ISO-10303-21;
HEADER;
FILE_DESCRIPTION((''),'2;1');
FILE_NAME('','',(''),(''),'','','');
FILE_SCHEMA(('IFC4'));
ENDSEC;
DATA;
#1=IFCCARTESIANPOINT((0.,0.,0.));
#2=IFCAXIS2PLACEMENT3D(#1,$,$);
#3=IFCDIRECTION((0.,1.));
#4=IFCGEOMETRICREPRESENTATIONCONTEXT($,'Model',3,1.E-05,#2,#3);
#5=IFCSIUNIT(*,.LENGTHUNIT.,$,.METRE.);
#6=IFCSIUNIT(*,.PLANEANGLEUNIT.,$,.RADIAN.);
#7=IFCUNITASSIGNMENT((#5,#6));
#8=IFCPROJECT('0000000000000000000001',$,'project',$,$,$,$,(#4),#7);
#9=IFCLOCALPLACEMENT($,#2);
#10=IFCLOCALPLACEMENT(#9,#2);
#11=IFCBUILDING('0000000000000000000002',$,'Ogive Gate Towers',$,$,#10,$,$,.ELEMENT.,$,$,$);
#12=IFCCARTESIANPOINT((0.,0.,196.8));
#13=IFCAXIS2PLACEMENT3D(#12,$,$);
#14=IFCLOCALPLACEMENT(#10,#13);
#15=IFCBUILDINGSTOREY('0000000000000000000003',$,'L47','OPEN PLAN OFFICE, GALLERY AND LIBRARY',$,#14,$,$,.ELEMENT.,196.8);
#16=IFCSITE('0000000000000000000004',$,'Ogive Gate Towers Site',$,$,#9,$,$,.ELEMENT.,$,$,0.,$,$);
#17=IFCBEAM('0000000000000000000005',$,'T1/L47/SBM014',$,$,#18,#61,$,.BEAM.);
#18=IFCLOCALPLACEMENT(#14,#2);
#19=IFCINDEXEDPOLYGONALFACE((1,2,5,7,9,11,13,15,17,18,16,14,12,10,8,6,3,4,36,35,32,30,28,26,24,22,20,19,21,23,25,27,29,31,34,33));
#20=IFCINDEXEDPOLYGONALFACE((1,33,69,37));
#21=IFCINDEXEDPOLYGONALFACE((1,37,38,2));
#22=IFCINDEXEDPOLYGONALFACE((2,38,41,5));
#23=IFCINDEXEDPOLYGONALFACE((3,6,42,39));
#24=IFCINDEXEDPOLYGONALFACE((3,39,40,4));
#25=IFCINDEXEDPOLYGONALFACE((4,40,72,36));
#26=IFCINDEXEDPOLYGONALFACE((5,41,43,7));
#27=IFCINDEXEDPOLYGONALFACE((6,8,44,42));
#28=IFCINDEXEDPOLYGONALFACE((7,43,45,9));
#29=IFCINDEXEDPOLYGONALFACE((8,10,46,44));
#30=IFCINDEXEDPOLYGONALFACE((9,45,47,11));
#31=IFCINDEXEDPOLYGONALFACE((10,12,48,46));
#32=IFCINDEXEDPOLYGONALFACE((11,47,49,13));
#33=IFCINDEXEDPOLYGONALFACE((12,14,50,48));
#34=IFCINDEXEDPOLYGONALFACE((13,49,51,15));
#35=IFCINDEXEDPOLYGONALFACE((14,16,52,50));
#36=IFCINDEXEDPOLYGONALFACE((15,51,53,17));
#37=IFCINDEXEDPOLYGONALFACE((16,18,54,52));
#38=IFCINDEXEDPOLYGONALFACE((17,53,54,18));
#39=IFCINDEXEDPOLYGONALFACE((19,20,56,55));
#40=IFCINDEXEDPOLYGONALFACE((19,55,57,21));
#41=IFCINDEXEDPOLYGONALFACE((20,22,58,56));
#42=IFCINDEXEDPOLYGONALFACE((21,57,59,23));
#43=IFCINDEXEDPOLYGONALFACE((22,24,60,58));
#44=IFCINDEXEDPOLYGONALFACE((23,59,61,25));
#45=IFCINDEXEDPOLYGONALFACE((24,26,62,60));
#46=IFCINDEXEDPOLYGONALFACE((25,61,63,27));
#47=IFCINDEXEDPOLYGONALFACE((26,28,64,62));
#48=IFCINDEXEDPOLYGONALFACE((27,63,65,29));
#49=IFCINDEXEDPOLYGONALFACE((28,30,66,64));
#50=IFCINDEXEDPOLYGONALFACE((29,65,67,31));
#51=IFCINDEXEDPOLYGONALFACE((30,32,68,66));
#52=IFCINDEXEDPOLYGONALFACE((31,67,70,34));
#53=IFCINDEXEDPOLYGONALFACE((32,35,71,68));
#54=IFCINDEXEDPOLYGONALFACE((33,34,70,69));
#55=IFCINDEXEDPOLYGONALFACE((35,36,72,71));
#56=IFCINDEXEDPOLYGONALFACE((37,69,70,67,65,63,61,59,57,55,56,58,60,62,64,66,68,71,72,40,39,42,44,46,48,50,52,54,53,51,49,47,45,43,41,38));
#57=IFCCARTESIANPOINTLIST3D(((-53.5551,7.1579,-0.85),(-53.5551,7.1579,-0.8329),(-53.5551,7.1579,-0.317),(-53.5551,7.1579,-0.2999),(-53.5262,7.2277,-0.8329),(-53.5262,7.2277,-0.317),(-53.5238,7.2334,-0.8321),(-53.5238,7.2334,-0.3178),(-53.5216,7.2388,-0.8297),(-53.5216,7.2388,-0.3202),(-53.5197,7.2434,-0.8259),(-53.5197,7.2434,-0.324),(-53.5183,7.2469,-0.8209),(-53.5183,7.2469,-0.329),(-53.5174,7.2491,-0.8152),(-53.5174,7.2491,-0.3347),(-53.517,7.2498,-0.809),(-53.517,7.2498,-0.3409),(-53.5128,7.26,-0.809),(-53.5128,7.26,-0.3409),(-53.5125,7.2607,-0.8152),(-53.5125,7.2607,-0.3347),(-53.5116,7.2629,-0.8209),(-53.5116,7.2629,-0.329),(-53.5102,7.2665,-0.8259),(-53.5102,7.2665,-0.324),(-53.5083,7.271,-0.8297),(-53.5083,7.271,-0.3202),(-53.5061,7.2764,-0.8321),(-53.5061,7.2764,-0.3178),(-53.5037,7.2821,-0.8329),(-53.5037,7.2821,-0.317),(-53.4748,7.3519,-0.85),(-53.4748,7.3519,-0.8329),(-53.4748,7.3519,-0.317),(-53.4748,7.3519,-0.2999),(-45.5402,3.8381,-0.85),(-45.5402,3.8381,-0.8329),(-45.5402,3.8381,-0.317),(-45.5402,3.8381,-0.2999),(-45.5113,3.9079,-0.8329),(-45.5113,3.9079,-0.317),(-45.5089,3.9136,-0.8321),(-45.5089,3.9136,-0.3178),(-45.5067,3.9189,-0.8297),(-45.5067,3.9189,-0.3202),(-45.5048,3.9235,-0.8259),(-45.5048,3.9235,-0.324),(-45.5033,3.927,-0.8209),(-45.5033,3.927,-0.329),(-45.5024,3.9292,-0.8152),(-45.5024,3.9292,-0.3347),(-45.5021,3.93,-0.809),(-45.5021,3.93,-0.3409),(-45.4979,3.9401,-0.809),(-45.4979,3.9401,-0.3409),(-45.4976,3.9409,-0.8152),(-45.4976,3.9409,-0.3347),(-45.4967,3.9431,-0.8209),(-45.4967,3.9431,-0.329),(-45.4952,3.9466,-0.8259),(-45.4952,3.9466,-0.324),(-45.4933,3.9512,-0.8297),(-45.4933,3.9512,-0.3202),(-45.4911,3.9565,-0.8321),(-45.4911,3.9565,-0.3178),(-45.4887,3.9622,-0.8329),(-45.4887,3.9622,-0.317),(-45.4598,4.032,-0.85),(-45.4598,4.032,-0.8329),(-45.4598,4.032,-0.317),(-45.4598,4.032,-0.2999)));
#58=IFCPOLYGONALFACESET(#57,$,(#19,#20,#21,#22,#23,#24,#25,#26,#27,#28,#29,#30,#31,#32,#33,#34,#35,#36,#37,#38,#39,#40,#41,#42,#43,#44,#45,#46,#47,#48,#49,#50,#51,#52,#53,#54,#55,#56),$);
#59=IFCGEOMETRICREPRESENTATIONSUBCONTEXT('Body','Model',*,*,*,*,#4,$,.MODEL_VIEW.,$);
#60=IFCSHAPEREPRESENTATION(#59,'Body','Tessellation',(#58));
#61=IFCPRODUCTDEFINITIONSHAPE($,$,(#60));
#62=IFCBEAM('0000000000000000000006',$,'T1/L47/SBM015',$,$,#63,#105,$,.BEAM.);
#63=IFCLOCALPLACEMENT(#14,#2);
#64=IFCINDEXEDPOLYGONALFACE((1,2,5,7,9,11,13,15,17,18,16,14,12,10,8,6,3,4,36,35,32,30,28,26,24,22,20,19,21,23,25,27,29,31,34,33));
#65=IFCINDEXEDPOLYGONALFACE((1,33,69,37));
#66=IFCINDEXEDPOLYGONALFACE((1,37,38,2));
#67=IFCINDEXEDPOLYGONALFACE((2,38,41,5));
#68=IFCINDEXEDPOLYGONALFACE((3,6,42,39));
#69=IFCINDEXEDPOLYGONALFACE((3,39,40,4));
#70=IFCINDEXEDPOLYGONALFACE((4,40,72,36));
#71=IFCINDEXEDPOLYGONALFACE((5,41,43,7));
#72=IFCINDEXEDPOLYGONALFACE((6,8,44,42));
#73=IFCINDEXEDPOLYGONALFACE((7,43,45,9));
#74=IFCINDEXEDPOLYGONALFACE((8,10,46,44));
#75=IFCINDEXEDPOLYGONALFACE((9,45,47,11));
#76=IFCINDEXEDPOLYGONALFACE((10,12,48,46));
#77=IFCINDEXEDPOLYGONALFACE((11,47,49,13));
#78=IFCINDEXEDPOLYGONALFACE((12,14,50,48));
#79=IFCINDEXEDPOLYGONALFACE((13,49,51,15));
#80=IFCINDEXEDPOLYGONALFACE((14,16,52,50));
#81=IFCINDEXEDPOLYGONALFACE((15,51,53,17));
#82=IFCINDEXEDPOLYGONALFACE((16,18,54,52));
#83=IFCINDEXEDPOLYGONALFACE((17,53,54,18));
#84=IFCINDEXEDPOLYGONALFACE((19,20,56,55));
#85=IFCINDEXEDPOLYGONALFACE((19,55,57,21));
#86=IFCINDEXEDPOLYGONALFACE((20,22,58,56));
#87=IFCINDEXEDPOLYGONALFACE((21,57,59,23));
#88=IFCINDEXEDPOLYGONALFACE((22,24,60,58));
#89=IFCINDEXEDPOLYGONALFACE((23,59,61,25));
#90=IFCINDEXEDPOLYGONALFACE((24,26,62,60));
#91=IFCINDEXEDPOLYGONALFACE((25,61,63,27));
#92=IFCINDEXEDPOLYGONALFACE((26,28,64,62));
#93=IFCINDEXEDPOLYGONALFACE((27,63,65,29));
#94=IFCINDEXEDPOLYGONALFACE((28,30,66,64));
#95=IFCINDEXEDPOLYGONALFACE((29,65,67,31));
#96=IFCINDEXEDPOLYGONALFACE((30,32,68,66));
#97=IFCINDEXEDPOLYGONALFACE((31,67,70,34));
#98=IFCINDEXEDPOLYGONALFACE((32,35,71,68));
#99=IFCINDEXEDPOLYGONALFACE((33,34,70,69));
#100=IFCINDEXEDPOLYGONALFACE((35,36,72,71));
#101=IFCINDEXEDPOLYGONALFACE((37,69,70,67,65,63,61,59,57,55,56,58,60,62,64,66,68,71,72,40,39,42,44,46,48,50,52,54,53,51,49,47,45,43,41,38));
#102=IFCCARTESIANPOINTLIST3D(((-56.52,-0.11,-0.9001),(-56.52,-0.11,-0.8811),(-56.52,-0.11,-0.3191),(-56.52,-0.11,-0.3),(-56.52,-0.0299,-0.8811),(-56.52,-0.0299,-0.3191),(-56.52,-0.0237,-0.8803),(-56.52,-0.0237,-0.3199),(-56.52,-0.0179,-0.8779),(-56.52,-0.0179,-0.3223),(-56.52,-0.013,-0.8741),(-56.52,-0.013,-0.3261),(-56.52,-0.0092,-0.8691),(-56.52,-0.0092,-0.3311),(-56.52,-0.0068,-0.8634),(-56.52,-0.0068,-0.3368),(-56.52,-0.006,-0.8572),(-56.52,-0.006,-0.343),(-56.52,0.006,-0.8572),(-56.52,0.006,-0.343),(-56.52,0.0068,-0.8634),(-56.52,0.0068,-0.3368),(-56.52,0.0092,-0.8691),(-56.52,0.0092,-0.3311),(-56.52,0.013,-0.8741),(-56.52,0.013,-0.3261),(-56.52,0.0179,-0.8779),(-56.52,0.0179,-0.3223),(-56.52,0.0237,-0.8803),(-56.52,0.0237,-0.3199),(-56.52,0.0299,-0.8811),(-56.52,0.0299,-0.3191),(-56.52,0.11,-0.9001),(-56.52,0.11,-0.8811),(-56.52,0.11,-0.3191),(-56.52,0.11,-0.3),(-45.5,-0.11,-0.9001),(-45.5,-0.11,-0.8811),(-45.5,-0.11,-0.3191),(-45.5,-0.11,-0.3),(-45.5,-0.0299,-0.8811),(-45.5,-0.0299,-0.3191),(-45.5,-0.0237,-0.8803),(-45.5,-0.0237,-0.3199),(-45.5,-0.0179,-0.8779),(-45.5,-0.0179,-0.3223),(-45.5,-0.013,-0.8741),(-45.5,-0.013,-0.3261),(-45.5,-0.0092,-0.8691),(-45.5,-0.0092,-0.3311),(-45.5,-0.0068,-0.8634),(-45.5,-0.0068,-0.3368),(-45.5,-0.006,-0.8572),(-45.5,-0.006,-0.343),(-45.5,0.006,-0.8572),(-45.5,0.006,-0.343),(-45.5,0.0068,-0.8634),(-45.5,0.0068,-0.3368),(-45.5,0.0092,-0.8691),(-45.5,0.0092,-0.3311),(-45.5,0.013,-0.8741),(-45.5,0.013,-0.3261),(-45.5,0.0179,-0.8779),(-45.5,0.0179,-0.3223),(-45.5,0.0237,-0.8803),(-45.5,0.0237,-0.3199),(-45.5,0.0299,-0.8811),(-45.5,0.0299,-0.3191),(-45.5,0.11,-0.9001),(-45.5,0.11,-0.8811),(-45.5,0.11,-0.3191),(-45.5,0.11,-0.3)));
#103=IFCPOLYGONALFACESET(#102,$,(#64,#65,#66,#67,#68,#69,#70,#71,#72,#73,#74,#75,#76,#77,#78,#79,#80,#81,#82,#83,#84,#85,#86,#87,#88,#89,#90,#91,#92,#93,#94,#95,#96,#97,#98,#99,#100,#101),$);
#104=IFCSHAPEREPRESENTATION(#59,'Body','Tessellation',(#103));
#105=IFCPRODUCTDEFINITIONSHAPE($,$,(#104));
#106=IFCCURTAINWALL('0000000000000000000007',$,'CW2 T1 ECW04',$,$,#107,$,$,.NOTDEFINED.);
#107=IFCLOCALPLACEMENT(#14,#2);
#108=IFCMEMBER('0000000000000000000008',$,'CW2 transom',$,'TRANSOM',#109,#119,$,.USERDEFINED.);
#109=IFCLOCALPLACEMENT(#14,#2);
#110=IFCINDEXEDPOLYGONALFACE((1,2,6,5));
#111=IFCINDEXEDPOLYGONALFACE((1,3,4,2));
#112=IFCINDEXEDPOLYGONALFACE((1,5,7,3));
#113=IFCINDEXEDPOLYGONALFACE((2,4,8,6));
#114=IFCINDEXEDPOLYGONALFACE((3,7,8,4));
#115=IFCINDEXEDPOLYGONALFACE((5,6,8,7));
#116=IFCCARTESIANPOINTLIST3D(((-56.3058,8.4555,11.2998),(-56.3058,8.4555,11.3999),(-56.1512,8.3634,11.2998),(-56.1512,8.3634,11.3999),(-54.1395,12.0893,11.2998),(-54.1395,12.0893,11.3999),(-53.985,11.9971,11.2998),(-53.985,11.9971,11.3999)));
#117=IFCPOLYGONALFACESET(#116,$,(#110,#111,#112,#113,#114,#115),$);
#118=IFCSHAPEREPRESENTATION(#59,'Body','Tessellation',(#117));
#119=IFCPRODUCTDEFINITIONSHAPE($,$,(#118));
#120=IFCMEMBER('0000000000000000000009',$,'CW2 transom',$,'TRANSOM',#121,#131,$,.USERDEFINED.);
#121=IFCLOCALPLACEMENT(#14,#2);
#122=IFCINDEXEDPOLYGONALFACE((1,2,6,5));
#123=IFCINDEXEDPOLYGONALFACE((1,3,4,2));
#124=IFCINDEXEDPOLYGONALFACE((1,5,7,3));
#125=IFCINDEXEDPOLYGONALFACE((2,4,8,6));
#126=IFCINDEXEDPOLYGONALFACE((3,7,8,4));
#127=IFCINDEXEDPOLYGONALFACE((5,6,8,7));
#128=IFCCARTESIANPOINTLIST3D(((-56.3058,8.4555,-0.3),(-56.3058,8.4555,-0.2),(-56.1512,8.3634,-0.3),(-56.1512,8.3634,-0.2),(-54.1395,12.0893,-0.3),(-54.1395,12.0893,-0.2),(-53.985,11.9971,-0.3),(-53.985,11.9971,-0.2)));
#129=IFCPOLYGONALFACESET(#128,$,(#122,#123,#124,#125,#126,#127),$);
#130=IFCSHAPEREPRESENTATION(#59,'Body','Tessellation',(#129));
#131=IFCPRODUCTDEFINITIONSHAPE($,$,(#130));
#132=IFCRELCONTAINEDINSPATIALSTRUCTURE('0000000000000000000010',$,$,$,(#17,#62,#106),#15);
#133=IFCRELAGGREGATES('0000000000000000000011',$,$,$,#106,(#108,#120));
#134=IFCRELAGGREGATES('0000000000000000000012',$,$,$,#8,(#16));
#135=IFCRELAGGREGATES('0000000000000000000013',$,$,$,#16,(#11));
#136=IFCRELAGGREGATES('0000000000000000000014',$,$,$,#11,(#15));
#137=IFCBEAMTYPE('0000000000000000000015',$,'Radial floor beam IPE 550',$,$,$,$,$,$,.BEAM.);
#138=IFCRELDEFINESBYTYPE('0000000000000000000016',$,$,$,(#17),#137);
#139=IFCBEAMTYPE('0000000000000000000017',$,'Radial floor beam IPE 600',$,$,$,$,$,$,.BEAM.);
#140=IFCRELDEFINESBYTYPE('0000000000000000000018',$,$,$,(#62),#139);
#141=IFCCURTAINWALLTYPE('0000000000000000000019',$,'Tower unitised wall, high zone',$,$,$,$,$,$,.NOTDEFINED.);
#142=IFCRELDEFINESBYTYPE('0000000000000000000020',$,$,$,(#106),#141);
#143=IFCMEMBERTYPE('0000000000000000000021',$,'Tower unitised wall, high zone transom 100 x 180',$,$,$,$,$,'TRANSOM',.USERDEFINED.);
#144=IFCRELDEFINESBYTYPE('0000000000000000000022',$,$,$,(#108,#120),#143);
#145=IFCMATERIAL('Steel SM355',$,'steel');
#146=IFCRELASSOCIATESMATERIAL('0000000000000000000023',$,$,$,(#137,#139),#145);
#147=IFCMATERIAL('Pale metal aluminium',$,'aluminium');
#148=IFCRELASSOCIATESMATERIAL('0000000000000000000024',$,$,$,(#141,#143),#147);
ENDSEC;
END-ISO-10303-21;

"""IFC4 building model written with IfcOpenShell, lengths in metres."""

from ifc_helpers import new_model, si_unit, direction, frame, origin, origin_2d, place, context, subcontext, project, spatial, rectangle, i_section, extrude, material, material_profile, profile_set, type_object, element, aggregate, save


model = new_model("IFC4")

# Units and contexts
model_context = context("Model", 3, precision=1e-05, world=origin(), true_north=direction((0.0, 1.0)))
body_context = subcontext(model_context, "Body", "Model", "MODEL_VIEW")
ifc_project = project(units=[si_unit("LENGTHUNIT", "METRE"), si_unit("PLANEANGLEUNIT", "RADIAN")], contexts=[model_context])

# Site, building, storey
site_placement = place(None, origin())
site = spatial("IfcSite", under=ifc_project, at=site_placement, Name="Ogive Gate Towers Site", CompositionType="ELEMENT", RefElevation=0.0)
building_placement = place(site_placement, origin())
building = spatial("IfcBuilding", under=site, at=building_placement, Name="Ogive Gate Towers", CompositionType="ELEMENT")
storey_placement = place(building_placement, frame((0.0, 0.0, 196.8)))
storey = spatial("IfcBuildingStorey", under=building, at=storey_placement, Name="L47", Description="OPEN PLAN OFFICE, GALLERY AND LIBRARY", CompositionType="ELEMENT", Elevation=196.8)

# Beams
ifc_material_1 = material(Name="Steel SM355", Category="steel")
ifc_material_profile_1 = material_profile(ifc_material_1, i_section(OverallWidth=0.21, OverallDepth=0.55, WebThickness=0.011, FlangeThickness=0.0171, FilletRadius=0.0239, at=origin_2d()), Name="IPE 550")
ifc_profile_set_1 = profile_set([ifc_material_profile_1], Name="Steel SM355")
beam_type_1 = type_object("IfcBeamType", Name="Radial floor beam IPE 550", PredefinedType="BEAM", material=ifc_profile_set_1)
beam_1_placement = place(storey_placement, frame((-45.5, 3.9351, -0.575), z_axis=(-0.923882, 0.382678, 0.0), x_axis=(-0.382678, -0.923882, 0.0)))
element("IfcBeam", 1, at=beam_1_placement, inside=storey, type_object=beam_type_1, Name="T1/L47/SBM014", PredefinedType="BEAM", context=body_context, shape_type="SweptSolid", body=[
    extrude(i_section(OverallWidth=0.21, OverallDepth=0.55, WebThickness=0.011, FlangeThickness=0.0171, FilletRadius=0.0239, at=origin_2d()), origin(), (0.0, 0.0, 1.0), 8.6753),
])
ifc_material_profile_2 = material_profile(ifc_material_1, i_section(OverallWidth=0.22, OverallDepth=0.6001, WebThickness=0.012, FlangeThickness=0.019, FilletRadius=0.0239, at=origin_2d()), Name="IPE 600")
ifc_profile_set_2 = profile_set([ifc_material_profile_2], Name="Steel SM355")
beam_type_2 = type_object("IfcBeamType", Name="Radial floor beam IPE 600", PredefinedType="BEAM", material=ifc_profile_set_2)
beam_2_placement = place(storey_placement, frame((-45.5, 0.0, -0.6001), z_axis=(-1.0, 0.0, 0.0), x_axis=(0.0, -1.0, 0.0)))
element("IfcBeam", 2, at=beam_2_placement, inside=storey, type_object=beam_type_2, Name="T1/L47/SBM015", PredefinedType="BEAM", context=body_context, shape_type="SweptSolid", body=[
    extrude(i_section(OverallWidth=0.22, OverallDepth=0.6001, WebThickness=0.012, FlangeThickness=0.019, FilletRadius=0.0239, at=origin_2d()), origin(), (0.0, 0.0, 1.0), 11.02),
])

# Curtain wall, members
ifc_material_2 = material(Name="Pale metal aluminium", Category="aluminium")
curtain_wall_type = type_object("IfcCurtainWallType", Name="Tower unitised wall, high zone", PredefinedType="NOTDEFINED", material=ifc_material_2)
curtain_wall_placement = place(storey_placement, origin())
curtain_wall = element("IfcCurtainWall", 3, at=curtain_wall_placement, inside=storey, type_object=curtain_wall_type, Name="CW2 T1 ECW04", PredefinedType="NOTDEFINED")
ifc_material_profile_3 = material_profile(ifc_material_2, rectangle(XDim=0.1799, YDim=0.1001, at=origin_2d()), Name="100 x 180 aluminium box")
ifc_profile_set_3 = profile_set([ifc_material_profile_3], Name="Pale metal aluminium")
member_type = type_object("IfcMemberType", Name="Tower unitised wall, high zone transom 100 x 180", ElementType="TRANSOM", PredefinedType="USERDEFINED", material=ifc_profile_set_3)
member_1_placement = place(storey_placement, frame((-54.0623, 12.0432, 11.3499), z_axis=(-0.512058, -0.858951, 0.0), x_axis=(0.858951, -0.512058, 0.0)))
member_1 = element("IfcMember", 4, at=member_1_placement, type_object=member_type, Name="CW2 transom", ObjectType="TRANSOM", PredefinedType="USERDEFINED", context=body_context, shape_type="SweptSolid", body=[
    extrude(rectangle(XDim=0.1799, YDim=0.1001, at=origin_2d()), origin(), (0.0, 0.0, 1.0), 4.2305),
])
member_2_placement = place(storey_placement, frame((-54.0623, 12.0432, -0.25), z_axis=(-0.512058, -0.858951, 0.0), x_axis=(0.858951, -0.512058, 0.0)))
member_2 = element("IfcMember", 5, at=member_2_placement, type_object=member_type, Name="CW2 transom", ObjectType="TRANSOM", PredefinedType="USERDEFINED", context=body_context, shape_type="SweptSolid", body=[
    extrude(rectangle(XDim=0.1799, YDim=0.1001, at=origin_2d()), origin(), (0.0, 0.0, 1.0), 4.2305),
])
aggregate(curtain_wall, [member_1, member_2])

save(model, "model.ifc")
